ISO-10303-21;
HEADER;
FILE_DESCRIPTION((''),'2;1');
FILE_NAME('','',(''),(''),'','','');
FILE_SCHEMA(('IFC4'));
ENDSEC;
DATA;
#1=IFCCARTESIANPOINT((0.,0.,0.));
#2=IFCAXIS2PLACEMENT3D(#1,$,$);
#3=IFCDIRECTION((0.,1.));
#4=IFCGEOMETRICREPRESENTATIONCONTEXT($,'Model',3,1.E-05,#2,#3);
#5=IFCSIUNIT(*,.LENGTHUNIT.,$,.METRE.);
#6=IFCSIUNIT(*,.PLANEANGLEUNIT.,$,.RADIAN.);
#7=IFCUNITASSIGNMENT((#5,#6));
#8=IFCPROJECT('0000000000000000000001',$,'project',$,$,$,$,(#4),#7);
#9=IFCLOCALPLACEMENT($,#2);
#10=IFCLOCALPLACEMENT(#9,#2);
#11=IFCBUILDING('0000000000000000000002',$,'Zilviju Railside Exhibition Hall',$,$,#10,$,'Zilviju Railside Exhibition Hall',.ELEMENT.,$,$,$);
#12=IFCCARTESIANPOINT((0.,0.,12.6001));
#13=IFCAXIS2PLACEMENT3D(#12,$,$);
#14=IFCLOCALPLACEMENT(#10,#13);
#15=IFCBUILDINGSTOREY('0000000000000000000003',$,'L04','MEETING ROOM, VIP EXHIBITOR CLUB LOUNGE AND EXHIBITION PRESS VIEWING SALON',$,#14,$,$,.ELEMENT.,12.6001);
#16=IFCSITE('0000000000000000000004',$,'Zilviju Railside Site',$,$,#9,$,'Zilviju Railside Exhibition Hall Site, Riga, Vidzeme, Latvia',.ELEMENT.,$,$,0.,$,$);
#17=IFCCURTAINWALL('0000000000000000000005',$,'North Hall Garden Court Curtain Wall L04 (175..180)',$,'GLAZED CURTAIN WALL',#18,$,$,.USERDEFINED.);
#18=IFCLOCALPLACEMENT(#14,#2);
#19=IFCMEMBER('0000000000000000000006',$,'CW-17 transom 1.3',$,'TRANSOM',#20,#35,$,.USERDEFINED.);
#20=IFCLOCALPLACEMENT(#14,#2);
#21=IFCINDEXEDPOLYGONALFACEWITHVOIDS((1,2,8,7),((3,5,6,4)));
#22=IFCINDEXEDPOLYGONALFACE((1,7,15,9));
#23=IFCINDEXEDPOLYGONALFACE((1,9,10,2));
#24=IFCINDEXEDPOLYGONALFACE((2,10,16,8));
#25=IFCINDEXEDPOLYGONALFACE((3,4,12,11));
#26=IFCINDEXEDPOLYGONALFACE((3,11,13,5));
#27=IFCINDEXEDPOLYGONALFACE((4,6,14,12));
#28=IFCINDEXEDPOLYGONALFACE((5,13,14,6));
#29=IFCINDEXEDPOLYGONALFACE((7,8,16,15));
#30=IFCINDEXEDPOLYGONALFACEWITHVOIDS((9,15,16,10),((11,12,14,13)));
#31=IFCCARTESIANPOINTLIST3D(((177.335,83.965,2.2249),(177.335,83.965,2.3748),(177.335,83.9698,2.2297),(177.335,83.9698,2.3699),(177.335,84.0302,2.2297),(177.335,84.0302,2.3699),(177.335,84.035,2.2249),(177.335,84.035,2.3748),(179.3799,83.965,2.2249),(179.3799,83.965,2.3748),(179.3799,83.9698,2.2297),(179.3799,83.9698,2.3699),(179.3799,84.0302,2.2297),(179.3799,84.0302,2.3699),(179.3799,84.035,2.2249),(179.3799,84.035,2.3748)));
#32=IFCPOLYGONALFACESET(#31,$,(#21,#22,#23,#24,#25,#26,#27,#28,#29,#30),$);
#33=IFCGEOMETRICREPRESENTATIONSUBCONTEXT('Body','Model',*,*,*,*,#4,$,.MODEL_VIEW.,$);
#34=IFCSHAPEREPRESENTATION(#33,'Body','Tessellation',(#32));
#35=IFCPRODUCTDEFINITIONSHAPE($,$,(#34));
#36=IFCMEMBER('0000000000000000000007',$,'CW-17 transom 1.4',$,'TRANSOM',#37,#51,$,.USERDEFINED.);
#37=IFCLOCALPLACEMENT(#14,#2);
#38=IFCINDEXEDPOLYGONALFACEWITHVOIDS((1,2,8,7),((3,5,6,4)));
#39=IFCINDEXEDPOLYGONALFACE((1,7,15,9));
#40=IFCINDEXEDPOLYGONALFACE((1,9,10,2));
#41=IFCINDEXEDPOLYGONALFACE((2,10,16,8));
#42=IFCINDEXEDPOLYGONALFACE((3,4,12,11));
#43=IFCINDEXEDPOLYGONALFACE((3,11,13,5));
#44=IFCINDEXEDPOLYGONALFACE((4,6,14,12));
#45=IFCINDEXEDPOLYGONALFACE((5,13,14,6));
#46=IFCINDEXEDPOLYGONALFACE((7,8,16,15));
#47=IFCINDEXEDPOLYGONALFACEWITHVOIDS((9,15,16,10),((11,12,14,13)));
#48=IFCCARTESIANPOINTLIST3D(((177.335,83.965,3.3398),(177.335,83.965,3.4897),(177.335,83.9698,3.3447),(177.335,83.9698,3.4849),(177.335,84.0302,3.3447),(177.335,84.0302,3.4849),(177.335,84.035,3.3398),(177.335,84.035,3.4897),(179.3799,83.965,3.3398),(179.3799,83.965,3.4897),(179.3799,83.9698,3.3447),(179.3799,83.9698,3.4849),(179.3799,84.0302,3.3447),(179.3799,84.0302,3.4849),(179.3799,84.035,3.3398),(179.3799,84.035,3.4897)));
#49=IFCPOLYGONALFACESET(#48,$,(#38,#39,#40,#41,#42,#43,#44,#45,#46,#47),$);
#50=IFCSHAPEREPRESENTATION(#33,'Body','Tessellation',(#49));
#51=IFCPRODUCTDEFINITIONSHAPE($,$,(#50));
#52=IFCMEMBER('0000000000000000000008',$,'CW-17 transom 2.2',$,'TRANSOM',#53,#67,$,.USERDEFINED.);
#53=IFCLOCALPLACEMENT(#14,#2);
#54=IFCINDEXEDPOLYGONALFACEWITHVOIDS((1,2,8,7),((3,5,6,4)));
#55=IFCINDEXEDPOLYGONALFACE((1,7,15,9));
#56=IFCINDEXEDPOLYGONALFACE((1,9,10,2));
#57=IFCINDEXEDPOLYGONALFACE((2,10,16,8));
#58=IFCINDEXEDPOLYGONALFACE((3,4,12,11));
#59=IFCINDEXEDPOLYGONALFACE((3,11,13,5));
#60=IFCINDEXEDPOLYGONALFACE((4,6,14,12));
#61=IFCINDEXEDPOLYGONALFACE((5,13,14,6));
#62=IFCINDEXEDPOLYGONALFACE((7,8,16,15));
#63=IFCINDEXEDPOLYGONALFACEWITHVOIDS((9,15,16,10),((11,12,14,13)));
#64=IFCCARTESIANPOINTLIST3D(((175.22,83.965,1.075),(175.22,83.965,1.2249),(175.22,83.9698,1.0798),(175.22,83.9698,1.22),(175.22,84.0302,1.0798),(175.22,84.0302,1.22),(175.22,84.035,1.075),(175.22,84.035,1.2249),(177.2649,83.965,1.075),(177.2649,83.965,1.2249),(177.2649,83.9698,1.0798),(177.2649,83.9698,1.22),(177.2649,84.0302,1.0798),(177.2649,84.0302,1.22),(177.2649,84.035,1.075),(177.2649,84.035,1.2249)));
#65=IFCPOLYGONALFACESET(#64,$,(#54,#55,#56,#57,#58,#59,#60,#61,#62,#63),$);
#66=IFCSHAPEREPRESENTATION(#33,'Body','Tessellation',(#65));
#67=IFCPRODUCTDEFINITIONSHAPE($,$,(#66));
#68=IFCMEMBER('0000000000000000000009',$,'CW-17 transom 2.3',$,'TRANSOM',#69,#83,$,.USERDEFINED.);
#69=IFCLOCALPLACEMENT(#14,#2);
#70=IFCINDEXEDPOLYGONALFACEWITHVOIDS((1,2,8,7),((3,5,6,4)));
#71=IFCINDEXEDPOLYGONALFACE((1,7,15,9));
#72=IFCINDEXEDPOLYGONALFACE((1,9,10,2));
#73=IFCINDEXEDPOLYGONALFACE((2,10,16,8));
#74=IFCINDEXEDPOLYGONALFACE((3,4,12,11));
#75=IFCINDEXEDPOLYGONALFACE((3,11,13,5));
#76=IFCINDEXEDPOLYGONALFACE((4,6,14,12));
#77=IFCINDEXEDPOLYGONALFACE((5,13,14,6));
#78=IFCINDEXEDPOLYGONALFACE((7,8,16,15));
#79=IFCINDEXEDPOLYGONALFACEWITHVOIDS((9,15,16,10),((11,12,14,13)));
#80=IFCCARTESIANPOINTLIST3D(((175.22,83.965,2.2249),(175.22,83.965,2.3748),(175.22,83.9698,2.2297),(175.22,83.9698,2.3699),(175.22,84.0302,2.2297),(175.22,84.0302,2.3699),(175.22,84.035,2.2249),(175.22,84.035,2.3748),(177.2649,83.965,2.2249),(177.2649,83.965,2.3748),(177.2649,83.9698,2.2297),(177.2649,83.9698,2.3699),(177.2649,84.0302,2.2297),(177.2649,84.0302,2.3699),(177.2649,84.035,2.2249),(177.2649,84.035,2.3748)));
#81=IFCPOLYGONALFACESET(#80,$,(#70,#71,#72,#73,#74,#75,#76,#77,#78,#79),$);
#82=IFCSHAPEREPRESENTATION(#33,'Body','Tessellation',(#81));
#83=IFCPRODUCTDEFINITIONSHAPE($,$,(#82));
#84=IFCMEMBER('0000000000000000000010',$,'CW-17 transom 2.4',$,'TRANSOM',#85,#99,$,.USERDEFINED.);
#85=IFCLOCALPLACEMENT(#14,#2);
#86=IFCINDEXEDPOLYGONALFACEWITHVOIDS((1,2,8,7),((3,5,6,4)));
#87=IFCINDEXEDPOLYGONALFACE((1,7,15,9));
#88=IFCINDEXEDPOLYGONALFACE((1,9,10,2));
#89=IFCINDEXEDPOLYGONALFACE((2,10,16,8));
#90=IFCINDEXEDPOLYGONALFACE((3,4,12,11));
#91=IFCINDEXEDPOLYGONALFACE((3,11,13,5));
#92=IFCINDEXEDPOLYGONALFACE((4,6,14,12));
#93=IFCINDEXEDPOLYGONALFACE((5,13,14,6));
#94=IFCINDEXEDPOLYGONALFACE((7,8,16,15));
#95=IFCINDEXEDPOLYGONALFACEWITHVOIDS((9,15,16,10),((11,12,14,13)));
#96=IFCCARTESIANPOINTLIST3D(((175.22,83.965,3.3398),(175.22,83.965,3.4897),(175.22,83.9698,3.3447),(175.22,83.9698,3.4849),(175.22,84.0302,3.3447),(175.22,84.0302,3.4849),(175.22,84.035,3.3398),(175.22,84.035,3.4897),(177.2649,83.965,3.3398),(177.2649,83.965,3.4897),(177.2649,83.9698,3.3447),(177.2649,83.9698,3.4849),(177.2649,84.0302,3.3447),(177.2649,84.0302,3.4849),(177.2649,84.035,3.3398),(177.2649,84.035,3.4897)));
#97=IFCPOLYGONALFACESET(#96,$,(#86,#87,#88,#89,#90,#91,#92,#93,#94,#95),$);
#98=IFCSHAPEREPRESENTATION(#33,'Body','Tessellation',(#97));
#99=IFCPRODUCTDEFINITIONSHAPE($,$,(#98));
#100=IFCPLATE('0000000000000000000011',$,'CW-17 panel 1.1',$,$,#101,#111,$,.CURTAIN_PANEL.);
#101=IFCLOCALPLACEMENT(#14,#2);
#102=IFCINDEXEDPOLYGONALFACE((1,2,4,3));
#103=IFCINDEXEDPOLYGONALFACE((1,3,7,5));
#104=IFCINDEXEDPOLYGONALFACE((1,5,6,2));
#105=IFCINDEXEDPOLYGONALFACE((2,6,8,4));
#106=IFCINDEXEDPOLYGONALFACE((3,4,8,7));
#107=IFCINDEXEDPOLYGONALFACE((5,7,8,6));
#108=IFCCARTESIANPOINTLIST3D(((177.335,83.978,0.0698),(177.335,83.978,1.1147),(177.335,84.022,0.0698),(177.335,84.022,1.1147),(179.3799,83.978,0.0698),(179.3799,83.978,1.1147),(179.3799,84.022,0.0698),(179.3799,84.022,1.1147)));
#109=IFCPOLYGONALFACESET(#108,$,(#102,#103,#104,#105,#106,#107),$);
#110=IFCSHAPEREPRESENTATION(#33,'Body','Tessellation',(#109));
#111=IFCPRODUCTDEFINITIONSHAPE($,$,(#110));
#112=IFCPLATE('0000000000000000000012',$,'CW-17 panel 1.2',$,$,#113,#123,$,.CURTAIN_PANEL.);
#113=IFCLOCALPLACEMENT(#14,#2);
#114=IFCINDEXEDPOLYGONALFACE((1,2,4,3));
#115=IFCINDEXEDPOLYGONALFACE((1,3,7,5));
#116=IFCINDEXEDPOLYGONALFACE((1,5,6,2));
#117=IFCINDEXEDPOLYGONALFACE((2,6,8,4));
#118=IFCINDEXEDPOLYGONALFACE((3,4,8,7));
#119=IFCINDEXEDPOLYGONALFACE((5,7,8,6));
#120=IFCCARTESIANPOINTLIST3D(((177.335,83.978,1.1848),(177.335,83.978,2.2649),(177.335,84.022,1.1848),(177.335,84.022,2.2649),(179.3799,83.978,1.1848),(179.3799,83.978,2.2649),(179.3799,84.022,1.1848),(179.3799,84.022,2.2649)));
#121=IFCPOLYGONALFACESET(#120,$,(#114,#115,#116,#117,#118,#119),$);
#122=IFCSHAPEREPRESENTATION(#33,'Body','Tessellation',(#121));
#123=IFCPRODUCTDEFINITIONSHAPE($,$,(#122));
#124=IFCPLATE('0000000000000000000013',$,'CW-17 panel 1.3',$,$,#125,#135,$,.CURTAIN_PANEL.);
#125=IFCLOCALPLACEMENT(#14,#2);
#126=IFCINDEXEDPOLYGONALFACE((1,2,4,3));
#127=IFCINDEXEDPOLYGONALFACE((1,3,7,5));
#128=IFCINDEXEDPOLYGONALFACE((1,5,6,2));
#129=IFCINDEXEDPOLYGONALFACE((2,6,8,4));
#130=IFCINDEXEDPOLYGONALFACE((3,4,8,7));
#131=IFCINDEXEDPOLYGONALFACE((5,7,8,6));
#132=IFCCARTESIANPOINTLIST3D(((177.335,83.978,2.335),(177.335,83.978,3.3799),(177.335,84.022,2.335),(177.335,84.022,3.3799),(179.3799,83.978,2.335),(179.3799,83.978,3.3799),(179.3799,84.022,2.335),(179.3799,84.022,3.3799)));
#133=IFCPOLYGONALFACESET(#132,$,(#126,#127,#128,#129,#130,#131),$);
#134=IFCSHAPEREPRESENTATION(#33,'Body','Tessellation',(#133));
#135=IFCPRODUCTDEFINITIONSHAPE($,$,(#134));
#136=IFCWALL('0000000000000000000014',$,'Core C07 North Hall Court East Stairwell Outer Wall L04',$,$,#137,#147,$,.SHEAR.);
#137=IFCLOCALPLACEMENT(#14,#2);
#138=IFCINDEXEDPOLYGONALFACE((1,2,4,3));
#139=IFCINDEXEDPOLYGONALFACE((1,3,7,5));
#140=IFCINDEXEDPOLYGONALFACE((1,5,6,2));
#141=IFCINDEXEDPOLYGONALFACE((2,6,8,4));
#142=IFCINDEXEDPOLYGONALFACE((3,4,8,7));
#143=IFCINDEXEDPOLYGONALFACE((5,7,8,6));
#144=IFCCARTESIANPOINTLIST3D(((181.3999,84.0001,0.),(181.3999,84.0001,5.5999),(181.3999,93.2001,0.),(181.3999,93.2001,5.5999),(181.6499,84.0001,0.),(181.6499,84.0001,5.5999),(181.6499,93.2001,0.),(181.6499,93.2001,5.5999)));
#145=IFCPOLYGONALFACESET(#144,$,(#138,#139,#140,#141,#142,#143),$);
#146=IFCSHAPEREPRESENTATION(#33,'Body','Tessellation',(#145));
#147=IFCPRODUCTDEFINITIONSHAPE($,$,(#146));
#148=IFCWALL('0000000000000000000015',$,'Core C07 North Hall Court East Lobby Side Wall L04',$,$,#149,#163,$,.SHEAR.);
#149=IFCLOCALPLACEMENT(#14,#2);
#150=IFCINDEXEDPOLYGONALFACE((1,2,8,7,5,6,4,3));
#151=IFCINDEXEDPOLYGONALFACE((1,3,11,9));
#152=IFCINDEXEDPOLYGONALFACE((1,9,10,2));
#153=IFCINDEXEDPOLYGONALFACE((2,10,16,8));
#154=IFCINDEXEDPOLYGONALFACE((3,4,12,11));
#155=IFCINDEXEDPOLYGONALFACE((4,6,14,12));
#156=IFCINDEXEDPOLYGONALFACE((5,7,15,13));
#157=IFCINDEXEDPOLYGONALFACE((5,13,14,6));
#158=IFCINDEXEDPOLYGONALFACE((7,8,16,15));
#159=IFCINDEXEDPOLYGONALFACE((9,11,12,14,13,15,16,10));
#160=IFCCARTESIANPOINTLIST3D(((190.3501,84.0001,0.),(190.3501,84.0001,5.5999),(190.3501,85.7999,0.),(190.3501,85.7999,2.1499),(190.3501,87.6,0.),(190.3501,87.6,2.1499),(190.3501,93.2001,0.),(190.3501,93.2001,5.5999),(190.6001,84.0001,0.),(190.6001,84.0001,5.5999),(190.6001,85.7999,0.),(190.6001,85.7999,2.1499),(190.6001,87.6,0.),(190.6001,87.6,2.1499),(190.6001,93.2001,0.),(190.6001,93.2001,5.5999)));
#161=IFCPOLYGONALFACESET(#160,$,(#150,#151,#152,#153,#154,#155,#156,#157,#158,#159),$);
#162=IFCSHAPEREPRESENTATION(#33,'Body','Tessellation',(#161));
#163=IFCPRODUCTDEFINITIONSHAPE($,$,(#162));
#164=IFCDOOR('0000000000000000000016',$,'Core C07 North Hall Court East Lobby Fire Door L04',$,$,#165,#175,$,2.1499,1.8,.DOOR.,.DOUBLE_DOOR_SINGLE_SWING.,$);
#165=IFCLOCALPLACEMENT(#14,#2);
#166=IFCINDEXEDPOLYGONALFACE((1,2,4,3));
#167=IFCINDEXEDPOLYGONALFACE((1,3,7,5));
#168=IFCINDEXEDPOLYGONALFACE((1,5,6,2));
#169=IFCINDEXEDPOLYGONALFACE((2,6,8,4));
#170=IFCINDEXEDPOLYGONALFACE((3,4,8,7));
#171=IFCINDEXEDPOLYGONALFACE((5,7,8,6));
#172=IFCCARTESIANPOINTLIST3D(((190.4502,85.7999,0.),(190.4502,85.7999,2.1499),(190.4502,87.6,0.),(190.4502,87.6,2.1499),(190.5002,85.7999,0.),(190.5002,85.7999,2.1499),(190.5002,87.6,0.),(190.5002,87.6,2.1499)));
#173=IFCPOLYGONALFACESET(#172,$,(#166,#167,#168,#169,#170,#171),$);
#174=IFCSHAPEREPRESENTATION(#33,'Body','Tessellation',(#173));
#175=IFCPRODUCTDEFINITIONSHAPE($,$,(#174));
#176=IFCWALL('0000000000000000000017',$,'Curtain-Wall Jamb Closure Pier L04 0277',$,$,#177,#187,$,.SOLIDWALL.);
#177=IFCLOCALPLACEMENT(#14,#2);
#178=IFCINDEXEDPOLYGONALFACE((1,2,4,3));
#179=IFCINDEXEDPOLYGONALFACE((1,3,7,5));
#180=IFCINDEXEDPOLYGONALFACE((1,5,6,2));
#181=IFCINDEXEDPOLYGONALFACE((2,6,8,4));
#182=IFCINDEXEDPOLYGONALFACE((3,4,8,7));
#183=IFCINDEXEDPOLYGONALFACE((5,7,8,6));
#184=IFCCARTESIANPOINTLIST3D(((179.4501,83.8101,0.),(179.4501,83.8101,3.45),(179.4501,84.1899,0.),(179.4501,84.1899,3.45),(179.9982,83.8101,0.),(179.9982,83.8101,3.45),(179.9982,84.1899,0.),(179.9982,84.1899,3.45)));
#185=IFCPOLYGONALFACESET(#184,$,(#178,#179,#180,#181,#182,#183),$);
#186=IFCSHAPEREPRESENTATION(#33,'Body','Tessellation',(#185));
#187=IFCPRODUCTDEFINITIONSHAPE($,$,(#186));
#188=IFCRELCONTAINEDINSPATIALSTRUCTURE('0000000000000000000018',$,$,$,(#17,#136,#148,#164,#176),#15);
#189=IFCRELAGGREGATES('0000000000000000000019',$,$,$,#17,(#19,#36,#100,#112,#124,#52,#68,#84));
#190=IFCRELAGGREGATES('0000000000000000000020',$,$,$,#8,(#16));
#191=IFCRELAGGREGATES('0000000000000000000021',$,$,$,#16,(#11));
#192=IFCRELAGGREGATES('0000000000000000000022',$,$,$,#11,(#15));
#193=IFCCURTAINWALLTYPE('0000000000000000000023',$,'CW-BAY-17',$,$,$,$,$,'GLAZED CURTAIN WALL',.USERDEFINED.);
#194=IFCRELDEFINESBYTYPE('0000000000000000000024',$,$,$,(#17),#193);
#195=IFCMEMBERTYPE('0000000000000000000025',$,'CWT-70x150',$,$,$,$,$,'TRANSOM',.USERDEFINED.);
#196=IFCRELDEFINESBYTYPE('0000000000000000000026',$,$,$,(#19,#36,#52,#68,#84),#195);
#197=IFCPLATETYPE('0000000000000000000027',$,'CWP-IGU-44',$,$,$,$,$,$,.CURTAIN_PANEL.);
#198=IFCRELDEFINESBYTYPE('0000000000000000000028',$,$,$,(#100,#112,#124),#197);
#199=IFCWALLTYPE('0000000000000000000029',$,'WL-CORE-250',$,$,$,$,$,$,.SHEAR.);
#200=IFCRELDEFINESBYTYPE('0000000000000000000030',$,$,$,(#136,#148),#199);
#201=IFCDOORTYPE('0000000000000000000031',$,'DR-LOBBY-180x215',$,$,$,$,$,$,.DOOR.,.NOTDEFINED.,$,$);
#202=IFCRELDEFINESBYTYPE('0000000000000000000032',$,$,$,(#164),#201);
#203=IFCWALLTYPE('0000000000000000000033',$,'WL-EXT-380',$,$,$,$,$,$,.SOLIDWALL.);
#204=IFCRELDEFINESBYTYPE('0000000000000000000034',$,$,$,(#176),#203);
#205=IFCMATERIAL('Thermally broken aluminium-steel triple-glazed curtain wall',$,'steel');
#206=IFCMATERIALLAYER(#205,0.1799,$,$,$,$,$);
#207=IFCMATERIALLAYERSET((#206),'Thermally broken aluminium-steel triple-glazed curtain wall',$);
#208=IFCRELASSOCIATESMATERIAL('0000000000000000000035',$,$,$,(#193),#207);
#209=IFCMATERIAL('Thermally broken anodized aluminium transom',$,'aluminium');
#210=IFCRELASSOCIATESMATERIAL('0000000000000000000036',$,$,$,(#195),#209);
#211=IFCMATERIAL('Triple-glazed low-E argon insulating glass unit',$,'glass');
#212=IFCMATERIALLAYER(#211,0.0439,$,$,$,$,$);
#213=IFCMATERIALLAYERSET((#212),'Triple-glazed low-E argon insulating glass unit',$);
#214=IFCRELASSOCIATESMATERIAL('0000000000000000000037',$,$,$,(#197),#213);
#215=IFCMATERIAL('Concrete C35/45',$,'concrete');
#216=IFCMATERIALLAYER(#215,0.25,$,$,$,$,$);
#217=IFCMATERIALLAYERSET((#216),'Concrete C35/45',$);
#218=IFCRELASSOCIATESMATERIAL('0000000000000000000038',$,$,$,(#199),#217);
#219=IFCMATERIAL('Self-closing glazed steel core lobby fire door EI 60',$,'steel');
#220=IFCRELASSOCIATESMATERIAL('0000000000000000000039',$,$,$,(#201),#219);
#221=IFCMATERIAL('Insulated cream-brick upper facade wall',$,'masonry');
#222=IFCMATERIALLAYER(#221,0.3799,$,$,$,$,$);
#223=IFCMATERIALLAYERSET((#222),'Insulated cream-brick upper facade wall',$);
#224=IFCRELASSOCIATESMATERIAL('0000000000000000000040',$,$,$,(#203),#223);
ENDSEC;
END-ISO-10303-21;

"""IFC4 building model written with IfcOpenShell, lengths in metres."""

from ifc_helpers import new_model, si_unit, direction, frame, frame_2d, origin, origin_2d, place, context, subcontext, project, spatial, rectangle, hollow_rectangle, extrude, material, layer, layer_set, material_profile, profile_set, type_object, element, fill, aggregate, save


model = new_model("IFC4")

# Units and contexts
model_context = context("Model", 3, precision=1e-05, world=origin(), true_north=direction((0.0, 1.0)))
body_context = subcontext(model_context, "Body", "Model", "MODEL_VIEW")
ifc_project = project(units=[si_unit("LENGTHUNIT", "METRE"), si_unit("PLANEANGLEUNIT", "RADIAN")], contexts=[model_context])

# Site, building, storey
site_placement = place(None, origin())
site = spatial("IfcSite", under=ifc_project, at=site_placement, Name="Zilviju Railside Site", LongName="Zilviju Railside Exhibition Hall Site, Riga, Vidzeme, Latvia", CompositionType="ELEMENT", RefElevation=0.0)
building_placement = place(site_placement, origin())
building = spatial("IfcBuilding", under=site, at=building_placement, Name="Zilviju Railside Exhibition Hall", LongName="Zilviju Railside Exhibition Hall", CompositionType="ELEMENT")
storey_placement = place(building_placement, frame((0.0, 0.0, 12.6001)))
storey = spatial("IfcBuildingStorey", under=building, at=storey_placement, Name="L04", Description="MEETING ROOM, VIP EXHIBITOR CLUB LOUNGE AND EXHIBITION PRESS VIEWING SALON", CompositionType="ELEMENT", Elevation=12.6001)

# Curtain wall, members, plates
ifc_material_1 = material(Name="Thermally broken aluminium-steel triple-glazed curtain wall", Category="steel")
ifc_layer_1 = layer(ifc_material_1, 0.1799)
ifc_layer_set_1 = layer_set([ifc_layer_1], Name="Thermally broken aluminium-steel triple-glazed curtain wall")
curtain_wall_type = type_object("IfcCurtainWallType", Name="CW-BAY-17", ElementType="GLAZED CURTAIN WALL", PredefinedType="USERDEFINED", material=ifc_layer_set_1)
curtain_wall_placement = place(storey_placement, origin())
curtain_wall = element("IfcCurtainWall", 1, at=curtain_wall_placement, inside=storey, type_object=curtain_wall_type, Name="North Hall Garden Court Curtain Wall L04 (175..180)", ObjectType="GLAZED CURTAIN WALL", PredefinedType="USERDEFINED")
ifc_material_2 = material(Name="Thermally broken anodized aluminium transom", Category="aluminium")
ifc_material_profile_1 = material_profile(ifc_material_2, hollow_rectangle(XDim=0.0701, YDim=0.1499, WallThickness=0.0049, at=origin_2d()), Name="TRANSOM 150x70x5")
ifc_profile_set_1 = profile_set([ifc_material_profile_1], Name="Thermally broken anodized aluminium transom")
member_type_1 = type_object("IfcMemberType", Name="CWT-70x150", ElementType="TRANSOM", PredefinedType="USERDEFINED", material=ifc_profile_set_1)
member_1_placement = place(storey_placement, frame((179.3799, 84.0, 2.2998), z_axis=(-1.0, 0.0, 0.0), x_axis=(0.0, -1.0, 0.0)))
member_1 = element("IfcMember", 2, at=member_1_placement, type_object=member_type_1, Name="CW-17 transom 1.3", ObjectType="TRANSOM", PredefinedType="USERDEFINED", context=body_context, shape_type="SweptSolid", body=[
    extrude(hollow_rectangle(XDim=0.0701, YDim=0.1499, WallThickness=0.0049, at=origin_2d()), origin(), (0.0, 0.0, 1.0), 2.0449),
])
member_2_placement = place(storey_placement, frame((179.3799, 84.0, 3.4148), z_axis=(-1.0, 0.0, 0.0), x_axis=(0.0, -1.0, 0.0)))
member_2 = element("IfcMember", 3, at=member_2_placement, type_object=member_type_1, Name="CW-17 transom 1.4", ObjectType="TRANSOM", PredefinedType="USERDEFINED", context=body_context, shape_type="SweptSolid", body=[
    extrude(hollow_rectangle(XDim=0.0701, YDim=0.1499, WallThickness=0.0049, at=origin_2d()), origin(), (0.0, 0.0, 1.0), 2.0449),
])
member_3_placement = place(storey_placement, frame((177.2649, 84.0, 1.1499), z_axis=(-1.0, 0.0, 0.0), x_axis=(0.0, -1.0, 0.0)))
member_3 = element("IfcMember", 4, at=member_3_placement, type_object=member_type_1, Name="CW-17 transom 2.2", ObjectType="TRANSOM", PredefinedType="USERDEFINED", context=body_context, shape_type="SweptSolid", body=[
    extrude(hollow_rectangle(XDim=0.0701, YDim=0.1499, WallThickness=0.0049, at=origin_2d()), origin(), (0.0, 0.0, 1.0), 2.0449),
])
member_4_placement = place(storey_placement, frame((177.2649, 84.0, 2.2998), z_axis=(-1.0, 0.0, 0.0), x_axis=(0.0, -1.0, 0.0)))
member_4 = element("IfcMember", 5, at=member_4_placement, type_object=member_type_1, Name="CW-17 transom 2.3", ObjectType="TRANSOM", PredefinedType="USERDEFINED", context=body_context, shape_type="SweptSolid", body=[
    extrude(hollow_rectangle(XDim=0.0701, YDim=0.1499, WallThickness=0.0049, at=origin_2d()), origin(), (0.0, 0.0, 1.0), 2.0449),
])
member_5_placement = place(storey_placement, frame((177.2649, 84.0, 3.4148), z_axis=(-1.0, 0.0, 0.0), x_axis=(0.0, -1.0, 0.0)))
member_5 = element("IfcMember", 6, at=member_5_placement, type_object=member_type_1, Name="CW-17 transom 2.4", ObjectType="TRANSOM", PredefinedType="USERDEFINED", context=body_context, shape_type="SweptSolid", body=[
    extrude(hollow_rectangle(XDim=0.0701, YDim=0.1499, WallThickness=0.0049, at=origin_2d()), origin(), (0.0, 0.0, 1.0), 2.0449),
])
ifc_material_3 = material(Name="Triple-glazed low-E argon insulating glass unit", Category="glass")
ifc_layer_2 = layer(ifc_material_3, 0.0439)
ifc_layer_set_2 = layer_set([ifc_layer_2], Name="Triple-glazed low-E argon insulating glass unit")
plate_type = type_object("IfcPlateType", Name="CWP-IGU-44", PredefinedType="CURTAIN_PANEL", material=ifc_layer_set_2)
plate_1_placement = place(storey_placement, frame((178.3574, 84.0, 0.0698), z_axis=(0.0, 0.0, 1.0), x_axis=(-1.0, 0.0, 0.0)))
plate_1 = element("IfcPlate", 7, at=plate_1_placement, type_object=plate_type, Name="CW-17 panel 1.1", PredefinedType="CURTAIN_PANEL", context=body_context, shape_type="SweptSolid", body=[
    extrude(rectangle(XDim=2.0449, YDim=0.0439, at=origin_2d()), origin(), (0.0, 0.0, 1.0), 1.0449),
])
plate_2_placement = place(storey_placement, frame((178.3574, 84.0, 1.1848), z_axis=(0.0, 0.0, 1.0), x_axis=(-1.0, 0.0, 0.0)))
plate_2 = element("IfcPlate", 8, at=plate_2_placement, type_object=plate_type, Name="CW-17 panel 1.2", PredefinedType="CURTAIN_PANEL", context=body_context, shape_type="SweptSolid", body=[
    extrude(rectangle(XDim=2.0449, YDim=0.0439, at=origin_2d()), origin(), (0.0, 0.0, 1.0), 1.0801),
])
plate_3_placement = place(storey_placement, frame((178.3574, 84.0, 2.335), z_axis=(0.0, 0.0, 1.0), x_axis=(-1.0, 0.0, 0.0)))
plate_3 = element("IfcPlate", 9, at=plate_3_placement, type_object=plate_type, Name="CW-17 panel 1.3", PredefinedType="CURTAIN_PANEL", context=body_context, shape_type="SweptSolid", body=[
    extrude(rectangle(XDim=2.0449, YDim=0.0439, at=origin_2d()), origin(), (0.0, 0.0, 1.0), 1.0449),
])
aggregate(curtain_wall, [member_1, member_2, plate_1, plate_2, plate_3, member_3, member_4, member_5])

# Wall
ifc_material_4 = material(Name="Concrete C35/45", Category="concrete")
ifc_layer_3 = layer(ifc_material_4, 0.25)
ifc_layer_set_3 = layer_set([ifc_layer_3], Name="Concrete C35/45")
wall_type_1 = type_object("IfcWallType", Name="WL-CORE-250", PredefinedType="SHEAR", material=ifc_layer_set_3)
wall_1_placement = place(storey_placement, frame((181.5249, 84.0, 0.0), z_axis=(0.0, 0.0, 1.0), x_axis=(0.0, 1.0, 0.0)))
element("IfcWall", 10, at=wall_1_placement, inside=storey, type_object=wall_type_1, Name="Core C07 North Hall Court East Stairwell Outer Wall L04", PredefinedType="SHEAR", context=body_context, shape_type="SweptSolid", body=[
    extrude(rectangle(XDim=9.2, YDim=0.25, at=frame_2d((4.6001, 0.0))), origin(), (0.0, 0.0, 1.0), 5.5999),
])

# Wall, opening, door
wall_2_placement = place(storey_placement, frame((190.4751, 84.0, 0.0), z_axis=(0.0, 0.0, 1.0), x_axis=(0.0, 1.0, 0.0)))
wall_2 = element("IfcWall", 11, at=wall_2_placement, inside=storey, type_object=wall_type_1, Name="Core C07 North Hall Court East Lobby Side Wall L04", PredefinedType="SHEAR", context=body_context, shape_type="SweptSolid", body=[
    extrude(rectangle(XDim=9.2, YDim=0.25, at=frame_2d((4.6001, 0.0))), origin(), (0.0, 0.0, 1.0), 5.5999),
])
opening_placement = place(wall_2_placement, frame((1.8, 0.0, 0.0)))
opening = element("IfcOpeningElement", 12, at=opening_placement, cuts=wall_2, PredefinedType="OPENING", context=body_context, shape_type="SweptSolid", body=[
    extrude(rectangle(XDim=1.8, YDim=2.1499, at=frame_2d((0.8999, 1.075))), frame((0.0, 0.135, 0.0), z_axis=(0.0, -1.0, 0.0), x_axis=(1.0, 0.0, 0.0)), (0.0, 0.0, 1.0), 0.27),
])
ifc_material_5 = material(Name="Self-closing glazed steel core lobby fire door EI 60", Category="steel")
door_type = type_object("IfcDoorType", Name="DR-LOBBY-180x215", OperationType="NOTDEFINED", PredefinedType="DOOR", material=ifc_material_5)
door_placement = place(opening_placement, origin())
door = element("IfcDoor", 13, at=door_placement, inside=storey, type_object=door_type, Name="Core C07 North Hall Court East Lobby Fire Door L04", OperationType="DOUBLE_DOOR_SINGLE_SWING", OverallHeight=2.1499, OverallWidth=1.8, PredefinedType="DOOR", context=body_context, shape_type="SweptSolid", body=[
    extrude(rectangle(XDim=1.8, YDim=2.1499, at=frame_2d((0.8999, 1.075))), frame((0.0, 0.0249, 0.0), z_axis=(0.0, -1.0, 0.0), x_axis=(1.0, 0.0, 0.0)), (0.0, 0.0, 1.0), 0.05),
])
fill(opening, door)

# Wall
ifc_material_6 = material(Name="Insulated cream-brick upper facade wall", Category="masonry")
ifc_layer_4 = layer(ifc_material_6, 0.3799)
ifc_layer_set_4 = layer_set([ifc_layer_4], Name="Insulated cream-brick upper facade wall")
wall_type_2 = type_object("IfcWallType", Name="WL-EXT-380", PredefinedType="SOLIDWALL", material=ifc_layer_set_4)
wall_3_placement = place(storey_placement, frame((179.998, 84.0, 0.0), z_axis=(0.0, 0.0, 1.0), x_axis=(-1.0, 0.0, 0.0)))
element("IfcWall", 14, at=wall_3_placement, inside=storey, type_object=wall_type_2, Name="Curtain-Wall Jamb Closure Pier L04 0277", PredefinedType="SOLIDWALL", context=body_context, shape_type="SweptSolid", body=[
    extrude(rectangle(XDim=0.5481, YDim=0.3799, at=frame_2d((0.2739, 0.0))), origin(), (0.0, 0.0, 1.0), 3.45),
])

save(model, "model.ifc")
